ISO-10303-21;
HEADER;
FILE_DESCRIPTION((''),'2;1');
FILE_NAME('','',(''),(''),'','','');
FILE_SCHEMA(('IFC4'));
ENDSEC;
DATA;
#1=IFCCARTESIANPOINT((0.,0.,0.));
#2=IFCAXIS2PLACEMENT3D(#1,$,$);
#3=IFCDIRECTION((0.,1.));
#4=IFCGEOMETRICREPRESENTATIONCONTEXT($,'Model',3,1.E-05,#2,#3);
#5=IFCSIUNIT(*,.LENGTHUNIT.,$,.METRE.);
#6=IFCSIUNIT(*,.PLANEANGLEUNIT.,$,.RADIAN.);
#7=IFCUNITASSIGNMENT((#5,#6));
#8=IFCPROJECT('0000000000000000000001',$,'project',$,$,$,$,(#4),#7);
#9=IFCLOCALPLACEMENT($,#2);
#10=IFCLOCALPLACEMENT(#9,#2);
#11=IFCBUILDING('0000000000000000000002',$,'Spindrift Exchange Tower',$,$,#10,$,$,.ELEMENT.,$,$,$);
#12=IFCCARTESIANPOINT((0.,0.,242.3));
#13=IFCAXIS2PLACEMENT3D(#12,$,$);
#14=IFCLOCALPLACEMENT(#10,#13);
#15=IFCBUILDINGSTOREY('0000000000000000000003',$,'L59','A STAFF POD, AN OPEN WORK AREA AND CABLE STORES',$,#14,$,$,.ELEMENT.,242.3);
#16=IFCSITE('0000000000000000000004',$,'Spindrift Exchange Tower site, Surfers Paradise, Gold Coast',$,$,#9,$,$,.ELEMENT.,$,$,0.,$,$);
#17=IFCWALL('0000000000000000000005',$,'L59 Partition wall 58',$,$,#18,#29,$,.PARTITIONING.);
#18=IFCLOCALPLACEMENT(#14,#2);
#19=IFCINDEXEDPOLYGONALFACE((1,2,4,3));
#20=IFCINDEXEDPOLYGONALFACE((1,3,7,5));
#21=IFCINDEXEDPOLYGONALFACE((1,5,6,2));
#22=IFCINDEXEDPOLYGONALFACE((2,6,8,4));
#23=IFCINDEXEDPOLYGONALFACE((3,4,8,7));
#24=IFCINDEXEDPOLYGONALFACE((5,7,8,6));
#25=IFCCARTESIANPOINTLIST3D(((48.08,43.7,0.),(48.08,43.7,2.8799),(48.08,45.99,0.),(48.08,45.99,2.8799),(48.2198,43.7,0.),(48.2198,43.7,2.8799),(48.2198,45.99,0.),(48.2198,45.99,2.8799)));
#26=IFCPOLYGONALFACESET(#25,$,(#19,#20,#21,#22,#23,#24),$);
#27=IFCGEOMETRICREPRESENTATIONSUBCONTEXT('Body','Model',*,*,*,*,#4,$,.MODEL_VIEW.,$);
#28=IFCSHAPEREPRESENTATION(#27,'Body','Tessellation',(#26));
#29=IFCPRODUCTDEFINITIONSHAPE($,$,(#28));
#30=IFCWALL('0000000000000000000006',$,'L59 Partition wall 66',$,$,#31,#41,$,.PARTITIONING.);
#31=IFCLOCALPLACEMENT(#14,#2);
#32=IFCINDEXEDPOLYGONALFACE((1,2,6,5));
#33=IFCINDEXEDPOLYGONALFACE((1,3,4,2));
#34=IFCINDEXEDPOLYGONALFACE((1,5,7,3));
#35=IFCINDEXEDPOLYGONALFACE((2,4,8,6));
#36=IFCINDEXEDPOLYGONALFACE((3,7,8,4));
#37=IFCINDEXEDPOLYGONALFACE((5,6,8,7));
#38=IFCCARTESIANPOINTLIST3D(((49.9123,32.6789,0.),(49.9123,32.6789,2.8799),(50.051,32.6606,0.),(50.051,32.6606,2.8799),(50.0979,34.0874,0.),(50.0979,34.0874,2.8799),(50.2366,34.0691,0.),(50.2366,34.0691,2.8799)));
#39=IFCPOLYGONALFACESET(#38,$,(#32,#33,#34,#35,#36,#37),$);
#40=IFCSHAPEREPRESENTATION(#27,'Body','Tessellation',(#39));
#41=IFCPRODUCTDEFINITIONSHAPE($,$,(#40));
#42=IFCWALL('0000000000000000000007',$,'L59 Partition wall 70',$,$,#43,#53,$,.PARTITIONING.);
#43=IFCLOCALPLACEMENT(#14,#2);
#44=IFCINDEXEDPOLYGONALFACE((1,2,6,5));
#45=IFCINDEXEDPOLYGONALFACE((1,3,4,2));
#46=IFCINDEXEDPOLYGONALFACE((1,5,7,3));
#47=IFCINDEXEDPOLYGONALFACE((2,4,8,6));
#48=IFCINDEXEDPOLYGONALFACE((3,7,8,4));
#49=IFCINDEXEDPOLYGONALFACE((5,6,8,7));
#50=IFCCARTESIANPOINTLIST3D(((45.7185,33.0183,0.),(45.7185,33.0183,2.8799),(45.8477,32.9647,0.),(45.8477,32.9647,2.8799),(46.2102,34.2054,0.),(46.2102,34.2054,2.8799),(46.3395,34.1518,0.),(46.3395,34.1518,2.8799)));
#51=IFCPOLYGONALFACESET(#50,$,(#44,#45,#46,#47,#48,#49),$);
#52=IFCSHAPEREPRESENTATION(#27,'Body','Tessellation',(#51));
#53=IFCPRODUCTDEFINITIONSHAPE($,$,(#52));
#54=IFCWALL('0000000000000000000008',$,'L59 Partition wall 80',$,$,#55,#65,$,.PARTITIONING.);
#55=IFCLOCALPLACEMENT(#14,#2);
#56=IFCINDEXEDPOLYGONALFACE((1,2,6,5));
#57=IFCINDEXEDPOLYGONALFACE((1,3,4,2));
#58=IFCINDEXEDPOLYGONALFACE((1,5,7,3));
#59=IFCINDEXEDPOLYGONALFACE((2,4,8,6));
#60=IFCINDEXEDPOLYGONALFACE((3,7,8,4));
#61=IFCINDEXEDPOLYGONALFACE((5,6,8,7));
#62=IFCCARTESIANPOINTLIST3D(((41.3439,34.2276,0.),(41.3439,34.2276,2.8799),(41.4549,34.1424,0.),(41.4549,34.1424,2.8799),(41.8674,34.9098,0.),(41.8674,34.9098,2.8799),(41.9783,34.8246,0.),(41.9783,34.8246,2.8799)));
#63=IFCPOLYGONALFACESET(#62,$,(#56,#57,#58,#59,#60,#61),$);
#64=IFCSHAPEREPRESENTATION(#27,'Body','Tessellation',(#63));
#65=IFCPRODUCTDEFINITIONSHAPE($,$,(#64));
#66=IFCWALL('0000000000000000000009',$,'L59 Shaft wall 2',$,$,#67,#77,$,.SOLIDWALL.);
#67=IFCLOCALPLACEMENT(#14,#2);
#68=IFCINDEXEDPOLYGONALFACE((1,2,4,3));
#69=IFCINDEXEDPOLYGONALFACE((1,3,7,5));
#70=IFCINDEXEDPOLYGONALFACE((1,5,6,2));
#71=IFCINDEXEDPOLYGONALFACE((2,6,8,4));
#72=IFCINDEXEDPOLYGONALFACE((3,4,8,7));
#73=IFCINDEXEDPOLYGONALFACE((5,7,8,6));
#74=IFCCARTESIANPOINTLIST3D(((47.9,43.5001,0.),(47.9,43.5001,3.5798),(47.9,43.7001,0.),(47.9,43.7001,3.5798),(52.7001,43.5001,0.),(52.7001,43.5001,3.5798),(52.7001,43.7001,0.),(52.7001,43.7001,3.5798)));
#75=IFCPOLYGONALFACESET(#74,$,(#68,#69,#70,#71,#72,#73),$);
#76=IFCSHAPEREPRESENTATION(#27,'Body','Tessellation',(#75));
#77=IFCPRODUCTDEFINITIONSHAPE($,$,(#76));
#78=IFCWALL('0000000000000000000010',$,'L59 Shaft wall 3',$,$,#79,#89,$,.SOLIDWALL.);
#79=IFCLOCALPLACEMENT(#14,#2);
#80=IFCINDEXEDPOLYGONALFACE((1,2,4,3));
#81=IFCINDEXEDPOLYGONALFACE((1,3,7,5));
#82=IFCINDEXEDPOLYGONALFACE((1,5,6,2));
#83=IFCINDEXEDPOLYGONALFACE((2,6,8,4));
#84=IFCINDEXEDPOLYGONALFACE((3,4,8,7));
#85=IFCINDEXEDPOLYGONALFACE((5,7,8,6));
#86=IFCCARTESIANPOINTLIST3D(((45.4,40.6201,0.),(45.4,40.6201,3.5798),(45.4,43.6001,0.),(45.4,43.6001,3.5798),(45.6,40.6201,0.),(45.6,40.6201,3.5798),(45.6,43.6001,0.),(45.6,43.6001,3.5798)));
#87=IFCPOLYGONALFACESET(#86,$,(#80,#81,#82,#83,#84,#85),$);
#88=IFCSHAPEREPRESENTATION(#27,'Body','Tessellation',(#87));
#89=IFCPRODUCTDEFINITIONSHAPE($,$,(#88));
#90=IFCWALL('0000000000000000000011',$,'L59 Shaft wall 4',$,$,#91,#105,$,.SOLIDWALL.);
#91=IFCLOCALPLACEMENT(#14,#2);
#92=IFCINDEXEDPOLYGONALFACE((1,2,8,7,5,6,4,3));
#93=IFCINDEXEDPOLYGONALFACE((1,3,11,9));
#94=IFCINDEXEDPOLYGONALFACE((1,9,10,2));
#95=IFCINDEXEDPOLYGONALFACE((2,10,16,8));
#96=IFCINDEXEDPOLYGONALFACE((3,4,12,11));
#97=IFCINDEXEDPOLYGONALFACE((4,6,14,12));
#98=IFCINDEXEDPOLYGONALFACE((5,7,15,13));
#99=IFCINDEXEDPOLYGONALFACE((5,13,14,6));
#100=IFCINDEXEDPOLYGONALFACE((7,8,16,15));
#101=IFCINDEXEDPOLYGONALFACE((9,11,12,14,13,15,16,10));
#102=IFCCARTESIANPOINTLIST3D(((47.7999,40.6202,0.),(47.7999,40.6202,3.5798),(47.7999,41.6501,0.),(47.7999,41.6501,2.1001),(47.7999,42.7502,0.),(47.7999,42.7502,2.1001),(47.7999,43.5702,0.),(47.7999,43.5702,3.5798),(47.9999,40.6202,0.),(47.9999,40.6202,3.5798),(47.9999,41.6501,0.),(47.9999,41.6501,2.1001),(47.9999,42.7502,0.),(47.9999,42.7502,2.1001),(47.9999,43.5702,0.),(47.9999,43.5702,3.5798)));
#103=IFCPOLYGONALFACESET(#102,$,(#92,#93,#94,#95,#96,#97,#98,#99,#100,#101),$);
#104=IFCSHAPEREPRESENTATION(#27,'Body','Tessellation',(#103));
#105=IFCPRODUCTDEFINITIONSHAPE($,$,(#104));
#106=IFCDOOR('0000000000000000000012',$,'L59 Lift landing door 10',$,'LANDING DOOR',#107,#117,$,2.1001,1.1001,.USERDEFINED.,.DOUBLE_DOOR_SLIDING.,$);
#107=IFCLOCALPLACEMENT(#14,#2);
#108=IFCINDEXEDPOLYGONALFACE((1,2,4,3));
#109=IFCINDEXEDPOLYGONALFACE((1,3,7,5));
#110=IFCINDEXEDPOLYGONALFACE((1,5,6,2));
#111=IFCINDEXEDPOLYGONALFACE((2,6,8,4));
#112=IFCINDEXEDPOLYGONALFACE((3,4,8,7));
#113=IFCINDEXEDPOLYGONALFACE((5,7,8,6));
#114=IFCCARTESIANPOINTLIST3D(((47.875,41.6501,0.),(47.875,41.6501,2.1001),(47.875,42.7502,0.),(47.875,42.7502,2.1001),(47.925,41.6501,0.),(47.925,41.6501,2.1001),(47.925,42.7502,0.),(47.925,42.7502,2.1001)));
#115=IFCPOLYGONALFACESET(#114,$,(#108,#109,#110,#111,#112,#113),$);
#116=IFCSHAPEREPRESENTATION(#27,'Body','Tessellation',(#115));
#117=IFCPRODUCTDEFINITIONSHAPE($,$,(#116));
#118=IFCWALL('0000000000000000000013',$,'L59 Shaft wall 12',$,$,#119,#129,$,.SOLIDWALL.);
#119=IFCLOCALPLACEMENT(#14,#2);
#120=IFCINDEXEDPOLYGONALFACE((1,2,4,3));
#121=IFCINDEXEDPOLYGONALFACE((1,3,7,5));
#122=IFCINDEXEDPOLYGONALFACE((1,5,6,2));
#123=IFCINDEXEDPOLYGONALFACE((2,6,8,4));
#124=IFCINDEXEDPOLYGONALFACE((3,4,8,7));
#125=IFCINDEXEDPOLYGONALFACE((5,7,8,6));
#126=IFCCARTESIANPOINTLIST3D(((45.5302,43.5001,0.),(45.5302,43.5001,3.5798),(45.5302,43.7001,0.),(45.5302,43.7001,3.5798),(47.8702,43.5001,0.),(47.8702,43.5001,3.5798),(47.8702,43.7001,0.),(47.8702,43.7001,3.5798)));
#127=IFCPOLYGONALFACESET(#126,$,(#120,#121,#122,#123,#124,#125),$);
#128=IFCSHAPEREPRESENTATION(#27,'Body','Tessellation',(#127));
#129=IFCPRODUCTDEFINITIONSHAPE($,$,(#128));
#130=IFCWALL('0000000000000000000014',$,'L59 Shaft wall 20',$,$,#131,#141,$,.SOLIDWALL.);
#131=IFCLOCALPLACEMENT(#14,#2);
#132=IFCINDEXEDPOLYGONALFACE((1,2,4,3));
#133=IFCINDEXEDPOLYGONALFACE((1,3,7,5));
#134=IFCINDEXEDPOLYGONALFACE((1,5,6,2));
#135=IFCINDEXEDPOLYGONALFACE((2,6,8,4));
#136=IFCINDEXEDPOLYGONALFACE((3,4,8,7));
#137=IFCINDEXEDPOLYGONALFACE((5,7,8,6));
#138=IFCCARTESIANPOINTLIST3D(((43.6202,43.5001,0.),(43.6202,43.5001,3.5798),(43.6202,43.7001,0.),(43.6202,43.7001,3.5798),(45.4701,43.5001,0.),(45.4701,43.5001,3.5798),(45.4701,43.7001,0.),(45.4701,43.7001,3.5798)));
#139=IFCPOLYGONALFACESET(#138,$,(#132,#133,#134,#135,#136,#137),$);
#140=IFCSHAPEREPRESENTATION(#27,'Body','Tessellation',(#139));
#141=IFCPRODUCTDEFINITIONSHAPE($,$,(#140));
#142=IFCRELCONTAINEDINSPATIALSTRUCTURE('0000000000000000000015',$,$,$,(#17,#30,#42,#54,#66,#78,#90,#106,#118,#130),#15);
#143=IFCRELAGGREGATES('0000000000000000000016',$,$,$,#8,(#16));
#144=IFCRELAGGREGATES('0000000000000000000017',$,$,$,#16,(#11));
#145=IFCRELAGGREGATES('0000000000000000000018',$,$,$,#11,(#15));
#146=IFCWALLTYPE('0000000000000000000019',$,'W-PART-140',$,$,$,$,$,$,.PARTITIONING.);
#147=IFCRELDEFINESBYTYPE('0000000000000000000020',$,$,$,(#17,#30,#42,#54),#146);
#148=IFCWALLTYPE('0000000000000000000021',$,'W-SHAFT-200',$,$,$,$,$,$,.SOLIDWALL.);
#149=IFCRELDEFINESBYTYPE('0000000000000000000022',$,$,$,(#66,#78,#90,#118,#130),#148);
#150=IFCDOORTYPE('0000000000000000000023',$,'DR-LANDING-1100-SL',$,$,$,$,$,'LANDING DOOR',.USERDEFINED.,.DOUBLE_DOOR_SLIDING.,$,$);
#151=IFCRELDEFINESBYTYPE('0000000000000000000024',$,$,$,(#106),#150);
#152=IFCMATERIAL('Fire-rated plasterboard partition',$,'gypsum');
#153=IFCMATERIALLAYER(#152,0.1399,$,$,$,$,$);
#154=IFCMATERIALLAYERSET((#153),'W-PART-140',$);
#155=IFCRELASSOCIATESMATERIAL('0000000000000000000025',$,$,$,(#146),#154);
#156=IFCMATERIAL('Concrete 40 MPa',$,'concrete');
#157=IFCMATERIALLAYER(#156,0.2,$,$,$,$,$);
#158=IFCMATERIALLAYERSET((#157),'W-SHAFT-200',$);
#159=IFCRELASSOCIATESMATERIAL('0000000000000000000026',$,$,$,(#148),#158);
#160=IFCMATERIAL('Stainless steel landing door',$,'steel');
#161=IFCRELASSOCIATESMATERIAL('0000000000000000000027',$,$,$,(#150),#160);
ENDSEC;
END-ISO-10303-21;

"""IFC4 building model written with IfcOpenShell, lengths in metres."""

from ifc_helpers import new_model, si_unit, direction, frame, frame_2d, origin, place, context, subcontext, project, spatial, rectangle, extrude, source, transform, mapped, material, layer, layer_set, type_object, element, fill, save


model = new_model("IFC4")

# Units and contexts
model_context = context("Model", 3, precision=1e-05, world=origin(), true_north=direction((0.0, 1.0)))
body_context = subcontext(model_context, "Body", "Model", "MODEL_VIEW")
ifc_project = project(units=[si_unit("LENGTHUNIT", "METRE"), si_unit("PLANEANGLEUNIT", "RADIAN")], contexts=[model_context])

# Site, building, storey
site_placement = place(None, origin())
site = spatial("IfcSite", under=ifc_project, at=site_placement, Name="Spindrift Exchange Tower site, Surfers Paradise, Gold Coast", CompositionType="ELEMENT", RefElevation=0.0)
building_placement = place(site_placement, origin())
building = spatial("IfcBuilding", under=site, at=building_placement, Name="Spindrift Exchange Tower", CompositionType="ELEMENT")
storey_placement = place(building_placement, frame((0.0, 0.0, 242.3)))
storey = spatial("IfcBuildingStorey", under=building, at=storey_placement, Name="L59", Description="A STAFF POD, AN OPEN WORK AREA AND CABLE STORES", CompositionType="ELEMENT", Elevation=242.3)

# Shared definitions
ifc_material_1 = material(Name="Concrete 40 MPa", Category="concrete")

# Shared definitions
ifc_material_2 = material(Name="Fire-rated plasterboard partition", Category="gypsum")
ifc_layer_1 = layer(ifc_material_2, 0.1399)
ifc_layer_set_1 = layer_set([ifc_layer_1], Name="W-PART-140")
wall_type_1 = type_object("IfcWallType", Name="W-PART-140", PredefinedType="PARTITIONING", material=ifc_layer_set_1)

# Walls
wall_1_placement = place(storey_placement, frame((48.1499, 43.7, 0.0), z_axis=(0.0, 0.0, 1.0), x_axis=(0.0, 1.0, 0.0)))
element("IfcWall", 1, at=wall_1_placement, inside=storey, type_object=wall_type_1, Name="L59 Partition wall 58", PredefinedType="PARTITIONING", context=body_context, shape_type="SweptSolid", body=[
    extrude(rectangle(XDim=2.29, YDim=0.1399, at=frame_2d((1.145, 0.0))), origin(), (0.0, 0.0, 1.0), 2.8799),
])
wall_2_placement = place(storey_placement, frame((50.1672, 34.0784, 0.0), z_axis=(0.0, 0.0, 1.0), x_axis=(-0.13061, -0.991434, 0.0)))
element("IfcWall", 2, at=wall_2_placement, inside=storey, type_object=wall_type_1, Name="L59 Partition wall 66", PredefinedType="PARTITIONING", context=body_context, shape_type="SweptSolid", body=[
    extrude(rectangle(XDim=1.4207, YDim=0.1399, at=frame_2d((0.7104, 0.0))), origin(), (0.0, 0.0, 1.0), 2.8799),
])
wall_3_placement = place(storey_placement, frame((46.2749, 34.1787, 0.0), z_axis=(0.0, 0.0, 1.0), x_axis=(-0.382699, -0.923873, 0.0)))
element("IfcWall", 3, at=wall_3_placement, inside=storey, type_object=wall_type_1, Name="L59 Partition wall 70", PredefinedType="PARTITIONING", context=body_context, shape_type="SweptSolid", body=[
    extrude(rectangle(XDim=1.2849, YDim=0.1399, at=frame_2d((0.6426, 0.0))), origin(), (0.0, 0.0, 1.0), 2.8799),
])
wall_4_placement = place(storey_placement, frame((41.9229, 34.8672, 0.0), z_axis=(0.0, 0.0, 1.0), x_axis=(-0.608777, -0.793341, 0.0)))
element("IfcWall", 4, at=wall_4_placement, inside=storey, type_object=wall_type_1, Name="L59 Partition wall 80", PredefinedType="PARTITIONING", context=body_context, shape_type="SweptSolid", body=[
    extrude(rectangle(XDim=0.8599, YDim=0.1399, at=frame_2d((0.4299, 0.0))), origin(), (0.0, 0.0, 1.0), 2.8799),
])
ifc_layer_2 = layer(ifc_material_1, 0.2)
ifc_layer_set_2 = layer_set([ifc_layer_2], Name="W-SHAFT-200")
wall_type_2 = type_object("IfcWallType", Name="W-SHAFT-200", PredefinedType="SOLIDWALL", material=ifc_layer_set_2)
wall_5_placement = place(storey_placement, frame((52.7, 43.6001, 0.0), z_axis=(0.0, 0.0, 1.0), x_axis=(-1.0, 0.0, 0.0)))
element("IfcWall", 5, at=wall_5_placement, inside=storey, type_object=wall_type_2, Name="L59 Shaft wall 2", PredefinedType="SOLIDWALL", context=body_context, shape_type="SweptSolid", body=[
    extrude(rectangle(XDim=4.8, YDim=0.2, at=frame_2d((2.3999, 0.0))), origin(), (0.0, 0.0, 1.0), 3.5798),
])
wall_6_placement = place(storey_placement, frame((45.5, 43.6001, 0.0), z_axis=(0.0, 0.0, 1.0), x_axis=(0.0, -1.0, 0.0)))
element("IfcWall", 6, at=wall_6_placement, inside=storey, type_object=wall_type_2, Name="L59 Shaft wall 3", PredefinedType="SOLIDWALL", context=body_context, shape_type="SweptSolid", body=[
    extrude(rectangle(XDim=2.98, YDim=0.2, at=frame_2d((1.49, 0.0))), origin(), (0.0, 0.0, 1.0), 3.5798),
])

# Wall, opening, door
wall_7_placement = place(storey_placement, frame((47.8999, 40.6201, 0.0), z_axis=(0.0, 0.0, 1.0), x_axis=(0.0, 1.0, 0.0)))
wall_7 = element("IfcWall", 7, at=wall_7_placement, inside=storey, type_object=wall_type_2, Name="L59 Shaft wall 4", PredefinedType="SOLIDWALL", context=body_context, shape_type="SweptSolid", body=[
    extrude(rectangle(XDim=2.95, YDim=0.2, at=frame_2d((1.4751, 0.0))), origin(), (0.0, 0.0, 1.0), 3.5798),
])
opening_1_placement = place(wall_7_placement, frame((1.03, 0.0, 0.0)))
opening_1 = element("IfcOpeningElement", 8, at=opening_1_placement, cuts=wall_7, PredefinedType="OPENING", context=body_context, shape_type="SweptSolid", body=[
    extrude(rectangle(XDim=1.1001, YDim=2.1001, at=frame_2d((0.55, 1.05))), frame((0.0, 0.1099, 0.0), z_axis=(0.0, -1.0, 0.0), x_axis=(1.0, 0.0, 0.0)), (0.0, 0.0, 1.0), 0.22),
])
ifc_material_3 = material(Name="Stainless steel landing door", Category="steel")
door_type_1 = type_object("IfcDoorType", Name="DR-LANDING-1100-SL", ElementType="LANDING DOOR", OperationType="DOUBLE_DOOR_SLIDING", PredefinedType="USERDEFINED", material=ifc_material_3)
shared_shape_1 = source(origin(), body_context, "Body", "SweptSolid", [
    extrude(rectangle(XDim=1.1001, YDim=2.1001, at=frame_2d((0.55, 1.05))), frame((0.0, 0.0249, 0.0), z_axis=(0.0, -1.0, 0.0), x_axis=(1.0, 0.0, 0.0)), (0.0, 0.0, 1.0), 0.05),
])
door_1_placement = place(opening_1_placement, origin())
door_1 = element("IfcDoor", 9, at=door_1_placement, inside=storey, type_object=door_type_1, Name="L59 Lift landing door 10", ObjectType="LANDING DOOR", OperationType="DOUBLE_DOOR_SLIDING", OverallHeight=2.1001, OverallWidth=1.1001, PredefinedType="USERDEFINED", context=body_context, shape_type="MappedRepresentation", body=[
    mapped(shared_shape_1, transform((0.0, 0.0, 0.0), scale=1.0)),
])
fill(opening_1, door_1)

# Walls
wall_8_placement = place(storey_placement, frame((47.8701, 43.6001, 0.0), z_axis=(0.0, 0.0, 1.0), x_axis=(-1.0, 0.0, 0.0)))
element("IfcWall", 10, at=wall_8_placement, inside=storey, type_object=wall_type_2, Name="L59 Shaft wall 12", PredefinedType="SOLIDWALL", context=body_context, shape_type="SweptSolid", body=[
    extrude(rectangle(XDim=2.3401, YDim=0.2, at=frame_2d((1.1699, 0.0))), origin(), (0.0, 0.0, 1.0), 3.5798),
])
wall_9_placement = place(storey_placement, frame((45.47, 43.6001, 0.0), z_axis=(0.0, 0.0, 1.0), x_axis=(-1.0, 0.0, 0.0)))
element("IfcWall", 11, at=wall_9_placement, inside=storey, type_object=wall_type_2, Name="L59 Shaft wall 20", PredefinedType="SOLIDWALL", context=body_context, shape_type="SweptSolid", body=[
    extrude(rectangle(XDim=1.8499, YDim=0.2, at=frame_2d((0.9248, 0.0))), origin(), (0.0, 0.0, 1.0), 3.5798),
])

save(model, "model.ifc")
